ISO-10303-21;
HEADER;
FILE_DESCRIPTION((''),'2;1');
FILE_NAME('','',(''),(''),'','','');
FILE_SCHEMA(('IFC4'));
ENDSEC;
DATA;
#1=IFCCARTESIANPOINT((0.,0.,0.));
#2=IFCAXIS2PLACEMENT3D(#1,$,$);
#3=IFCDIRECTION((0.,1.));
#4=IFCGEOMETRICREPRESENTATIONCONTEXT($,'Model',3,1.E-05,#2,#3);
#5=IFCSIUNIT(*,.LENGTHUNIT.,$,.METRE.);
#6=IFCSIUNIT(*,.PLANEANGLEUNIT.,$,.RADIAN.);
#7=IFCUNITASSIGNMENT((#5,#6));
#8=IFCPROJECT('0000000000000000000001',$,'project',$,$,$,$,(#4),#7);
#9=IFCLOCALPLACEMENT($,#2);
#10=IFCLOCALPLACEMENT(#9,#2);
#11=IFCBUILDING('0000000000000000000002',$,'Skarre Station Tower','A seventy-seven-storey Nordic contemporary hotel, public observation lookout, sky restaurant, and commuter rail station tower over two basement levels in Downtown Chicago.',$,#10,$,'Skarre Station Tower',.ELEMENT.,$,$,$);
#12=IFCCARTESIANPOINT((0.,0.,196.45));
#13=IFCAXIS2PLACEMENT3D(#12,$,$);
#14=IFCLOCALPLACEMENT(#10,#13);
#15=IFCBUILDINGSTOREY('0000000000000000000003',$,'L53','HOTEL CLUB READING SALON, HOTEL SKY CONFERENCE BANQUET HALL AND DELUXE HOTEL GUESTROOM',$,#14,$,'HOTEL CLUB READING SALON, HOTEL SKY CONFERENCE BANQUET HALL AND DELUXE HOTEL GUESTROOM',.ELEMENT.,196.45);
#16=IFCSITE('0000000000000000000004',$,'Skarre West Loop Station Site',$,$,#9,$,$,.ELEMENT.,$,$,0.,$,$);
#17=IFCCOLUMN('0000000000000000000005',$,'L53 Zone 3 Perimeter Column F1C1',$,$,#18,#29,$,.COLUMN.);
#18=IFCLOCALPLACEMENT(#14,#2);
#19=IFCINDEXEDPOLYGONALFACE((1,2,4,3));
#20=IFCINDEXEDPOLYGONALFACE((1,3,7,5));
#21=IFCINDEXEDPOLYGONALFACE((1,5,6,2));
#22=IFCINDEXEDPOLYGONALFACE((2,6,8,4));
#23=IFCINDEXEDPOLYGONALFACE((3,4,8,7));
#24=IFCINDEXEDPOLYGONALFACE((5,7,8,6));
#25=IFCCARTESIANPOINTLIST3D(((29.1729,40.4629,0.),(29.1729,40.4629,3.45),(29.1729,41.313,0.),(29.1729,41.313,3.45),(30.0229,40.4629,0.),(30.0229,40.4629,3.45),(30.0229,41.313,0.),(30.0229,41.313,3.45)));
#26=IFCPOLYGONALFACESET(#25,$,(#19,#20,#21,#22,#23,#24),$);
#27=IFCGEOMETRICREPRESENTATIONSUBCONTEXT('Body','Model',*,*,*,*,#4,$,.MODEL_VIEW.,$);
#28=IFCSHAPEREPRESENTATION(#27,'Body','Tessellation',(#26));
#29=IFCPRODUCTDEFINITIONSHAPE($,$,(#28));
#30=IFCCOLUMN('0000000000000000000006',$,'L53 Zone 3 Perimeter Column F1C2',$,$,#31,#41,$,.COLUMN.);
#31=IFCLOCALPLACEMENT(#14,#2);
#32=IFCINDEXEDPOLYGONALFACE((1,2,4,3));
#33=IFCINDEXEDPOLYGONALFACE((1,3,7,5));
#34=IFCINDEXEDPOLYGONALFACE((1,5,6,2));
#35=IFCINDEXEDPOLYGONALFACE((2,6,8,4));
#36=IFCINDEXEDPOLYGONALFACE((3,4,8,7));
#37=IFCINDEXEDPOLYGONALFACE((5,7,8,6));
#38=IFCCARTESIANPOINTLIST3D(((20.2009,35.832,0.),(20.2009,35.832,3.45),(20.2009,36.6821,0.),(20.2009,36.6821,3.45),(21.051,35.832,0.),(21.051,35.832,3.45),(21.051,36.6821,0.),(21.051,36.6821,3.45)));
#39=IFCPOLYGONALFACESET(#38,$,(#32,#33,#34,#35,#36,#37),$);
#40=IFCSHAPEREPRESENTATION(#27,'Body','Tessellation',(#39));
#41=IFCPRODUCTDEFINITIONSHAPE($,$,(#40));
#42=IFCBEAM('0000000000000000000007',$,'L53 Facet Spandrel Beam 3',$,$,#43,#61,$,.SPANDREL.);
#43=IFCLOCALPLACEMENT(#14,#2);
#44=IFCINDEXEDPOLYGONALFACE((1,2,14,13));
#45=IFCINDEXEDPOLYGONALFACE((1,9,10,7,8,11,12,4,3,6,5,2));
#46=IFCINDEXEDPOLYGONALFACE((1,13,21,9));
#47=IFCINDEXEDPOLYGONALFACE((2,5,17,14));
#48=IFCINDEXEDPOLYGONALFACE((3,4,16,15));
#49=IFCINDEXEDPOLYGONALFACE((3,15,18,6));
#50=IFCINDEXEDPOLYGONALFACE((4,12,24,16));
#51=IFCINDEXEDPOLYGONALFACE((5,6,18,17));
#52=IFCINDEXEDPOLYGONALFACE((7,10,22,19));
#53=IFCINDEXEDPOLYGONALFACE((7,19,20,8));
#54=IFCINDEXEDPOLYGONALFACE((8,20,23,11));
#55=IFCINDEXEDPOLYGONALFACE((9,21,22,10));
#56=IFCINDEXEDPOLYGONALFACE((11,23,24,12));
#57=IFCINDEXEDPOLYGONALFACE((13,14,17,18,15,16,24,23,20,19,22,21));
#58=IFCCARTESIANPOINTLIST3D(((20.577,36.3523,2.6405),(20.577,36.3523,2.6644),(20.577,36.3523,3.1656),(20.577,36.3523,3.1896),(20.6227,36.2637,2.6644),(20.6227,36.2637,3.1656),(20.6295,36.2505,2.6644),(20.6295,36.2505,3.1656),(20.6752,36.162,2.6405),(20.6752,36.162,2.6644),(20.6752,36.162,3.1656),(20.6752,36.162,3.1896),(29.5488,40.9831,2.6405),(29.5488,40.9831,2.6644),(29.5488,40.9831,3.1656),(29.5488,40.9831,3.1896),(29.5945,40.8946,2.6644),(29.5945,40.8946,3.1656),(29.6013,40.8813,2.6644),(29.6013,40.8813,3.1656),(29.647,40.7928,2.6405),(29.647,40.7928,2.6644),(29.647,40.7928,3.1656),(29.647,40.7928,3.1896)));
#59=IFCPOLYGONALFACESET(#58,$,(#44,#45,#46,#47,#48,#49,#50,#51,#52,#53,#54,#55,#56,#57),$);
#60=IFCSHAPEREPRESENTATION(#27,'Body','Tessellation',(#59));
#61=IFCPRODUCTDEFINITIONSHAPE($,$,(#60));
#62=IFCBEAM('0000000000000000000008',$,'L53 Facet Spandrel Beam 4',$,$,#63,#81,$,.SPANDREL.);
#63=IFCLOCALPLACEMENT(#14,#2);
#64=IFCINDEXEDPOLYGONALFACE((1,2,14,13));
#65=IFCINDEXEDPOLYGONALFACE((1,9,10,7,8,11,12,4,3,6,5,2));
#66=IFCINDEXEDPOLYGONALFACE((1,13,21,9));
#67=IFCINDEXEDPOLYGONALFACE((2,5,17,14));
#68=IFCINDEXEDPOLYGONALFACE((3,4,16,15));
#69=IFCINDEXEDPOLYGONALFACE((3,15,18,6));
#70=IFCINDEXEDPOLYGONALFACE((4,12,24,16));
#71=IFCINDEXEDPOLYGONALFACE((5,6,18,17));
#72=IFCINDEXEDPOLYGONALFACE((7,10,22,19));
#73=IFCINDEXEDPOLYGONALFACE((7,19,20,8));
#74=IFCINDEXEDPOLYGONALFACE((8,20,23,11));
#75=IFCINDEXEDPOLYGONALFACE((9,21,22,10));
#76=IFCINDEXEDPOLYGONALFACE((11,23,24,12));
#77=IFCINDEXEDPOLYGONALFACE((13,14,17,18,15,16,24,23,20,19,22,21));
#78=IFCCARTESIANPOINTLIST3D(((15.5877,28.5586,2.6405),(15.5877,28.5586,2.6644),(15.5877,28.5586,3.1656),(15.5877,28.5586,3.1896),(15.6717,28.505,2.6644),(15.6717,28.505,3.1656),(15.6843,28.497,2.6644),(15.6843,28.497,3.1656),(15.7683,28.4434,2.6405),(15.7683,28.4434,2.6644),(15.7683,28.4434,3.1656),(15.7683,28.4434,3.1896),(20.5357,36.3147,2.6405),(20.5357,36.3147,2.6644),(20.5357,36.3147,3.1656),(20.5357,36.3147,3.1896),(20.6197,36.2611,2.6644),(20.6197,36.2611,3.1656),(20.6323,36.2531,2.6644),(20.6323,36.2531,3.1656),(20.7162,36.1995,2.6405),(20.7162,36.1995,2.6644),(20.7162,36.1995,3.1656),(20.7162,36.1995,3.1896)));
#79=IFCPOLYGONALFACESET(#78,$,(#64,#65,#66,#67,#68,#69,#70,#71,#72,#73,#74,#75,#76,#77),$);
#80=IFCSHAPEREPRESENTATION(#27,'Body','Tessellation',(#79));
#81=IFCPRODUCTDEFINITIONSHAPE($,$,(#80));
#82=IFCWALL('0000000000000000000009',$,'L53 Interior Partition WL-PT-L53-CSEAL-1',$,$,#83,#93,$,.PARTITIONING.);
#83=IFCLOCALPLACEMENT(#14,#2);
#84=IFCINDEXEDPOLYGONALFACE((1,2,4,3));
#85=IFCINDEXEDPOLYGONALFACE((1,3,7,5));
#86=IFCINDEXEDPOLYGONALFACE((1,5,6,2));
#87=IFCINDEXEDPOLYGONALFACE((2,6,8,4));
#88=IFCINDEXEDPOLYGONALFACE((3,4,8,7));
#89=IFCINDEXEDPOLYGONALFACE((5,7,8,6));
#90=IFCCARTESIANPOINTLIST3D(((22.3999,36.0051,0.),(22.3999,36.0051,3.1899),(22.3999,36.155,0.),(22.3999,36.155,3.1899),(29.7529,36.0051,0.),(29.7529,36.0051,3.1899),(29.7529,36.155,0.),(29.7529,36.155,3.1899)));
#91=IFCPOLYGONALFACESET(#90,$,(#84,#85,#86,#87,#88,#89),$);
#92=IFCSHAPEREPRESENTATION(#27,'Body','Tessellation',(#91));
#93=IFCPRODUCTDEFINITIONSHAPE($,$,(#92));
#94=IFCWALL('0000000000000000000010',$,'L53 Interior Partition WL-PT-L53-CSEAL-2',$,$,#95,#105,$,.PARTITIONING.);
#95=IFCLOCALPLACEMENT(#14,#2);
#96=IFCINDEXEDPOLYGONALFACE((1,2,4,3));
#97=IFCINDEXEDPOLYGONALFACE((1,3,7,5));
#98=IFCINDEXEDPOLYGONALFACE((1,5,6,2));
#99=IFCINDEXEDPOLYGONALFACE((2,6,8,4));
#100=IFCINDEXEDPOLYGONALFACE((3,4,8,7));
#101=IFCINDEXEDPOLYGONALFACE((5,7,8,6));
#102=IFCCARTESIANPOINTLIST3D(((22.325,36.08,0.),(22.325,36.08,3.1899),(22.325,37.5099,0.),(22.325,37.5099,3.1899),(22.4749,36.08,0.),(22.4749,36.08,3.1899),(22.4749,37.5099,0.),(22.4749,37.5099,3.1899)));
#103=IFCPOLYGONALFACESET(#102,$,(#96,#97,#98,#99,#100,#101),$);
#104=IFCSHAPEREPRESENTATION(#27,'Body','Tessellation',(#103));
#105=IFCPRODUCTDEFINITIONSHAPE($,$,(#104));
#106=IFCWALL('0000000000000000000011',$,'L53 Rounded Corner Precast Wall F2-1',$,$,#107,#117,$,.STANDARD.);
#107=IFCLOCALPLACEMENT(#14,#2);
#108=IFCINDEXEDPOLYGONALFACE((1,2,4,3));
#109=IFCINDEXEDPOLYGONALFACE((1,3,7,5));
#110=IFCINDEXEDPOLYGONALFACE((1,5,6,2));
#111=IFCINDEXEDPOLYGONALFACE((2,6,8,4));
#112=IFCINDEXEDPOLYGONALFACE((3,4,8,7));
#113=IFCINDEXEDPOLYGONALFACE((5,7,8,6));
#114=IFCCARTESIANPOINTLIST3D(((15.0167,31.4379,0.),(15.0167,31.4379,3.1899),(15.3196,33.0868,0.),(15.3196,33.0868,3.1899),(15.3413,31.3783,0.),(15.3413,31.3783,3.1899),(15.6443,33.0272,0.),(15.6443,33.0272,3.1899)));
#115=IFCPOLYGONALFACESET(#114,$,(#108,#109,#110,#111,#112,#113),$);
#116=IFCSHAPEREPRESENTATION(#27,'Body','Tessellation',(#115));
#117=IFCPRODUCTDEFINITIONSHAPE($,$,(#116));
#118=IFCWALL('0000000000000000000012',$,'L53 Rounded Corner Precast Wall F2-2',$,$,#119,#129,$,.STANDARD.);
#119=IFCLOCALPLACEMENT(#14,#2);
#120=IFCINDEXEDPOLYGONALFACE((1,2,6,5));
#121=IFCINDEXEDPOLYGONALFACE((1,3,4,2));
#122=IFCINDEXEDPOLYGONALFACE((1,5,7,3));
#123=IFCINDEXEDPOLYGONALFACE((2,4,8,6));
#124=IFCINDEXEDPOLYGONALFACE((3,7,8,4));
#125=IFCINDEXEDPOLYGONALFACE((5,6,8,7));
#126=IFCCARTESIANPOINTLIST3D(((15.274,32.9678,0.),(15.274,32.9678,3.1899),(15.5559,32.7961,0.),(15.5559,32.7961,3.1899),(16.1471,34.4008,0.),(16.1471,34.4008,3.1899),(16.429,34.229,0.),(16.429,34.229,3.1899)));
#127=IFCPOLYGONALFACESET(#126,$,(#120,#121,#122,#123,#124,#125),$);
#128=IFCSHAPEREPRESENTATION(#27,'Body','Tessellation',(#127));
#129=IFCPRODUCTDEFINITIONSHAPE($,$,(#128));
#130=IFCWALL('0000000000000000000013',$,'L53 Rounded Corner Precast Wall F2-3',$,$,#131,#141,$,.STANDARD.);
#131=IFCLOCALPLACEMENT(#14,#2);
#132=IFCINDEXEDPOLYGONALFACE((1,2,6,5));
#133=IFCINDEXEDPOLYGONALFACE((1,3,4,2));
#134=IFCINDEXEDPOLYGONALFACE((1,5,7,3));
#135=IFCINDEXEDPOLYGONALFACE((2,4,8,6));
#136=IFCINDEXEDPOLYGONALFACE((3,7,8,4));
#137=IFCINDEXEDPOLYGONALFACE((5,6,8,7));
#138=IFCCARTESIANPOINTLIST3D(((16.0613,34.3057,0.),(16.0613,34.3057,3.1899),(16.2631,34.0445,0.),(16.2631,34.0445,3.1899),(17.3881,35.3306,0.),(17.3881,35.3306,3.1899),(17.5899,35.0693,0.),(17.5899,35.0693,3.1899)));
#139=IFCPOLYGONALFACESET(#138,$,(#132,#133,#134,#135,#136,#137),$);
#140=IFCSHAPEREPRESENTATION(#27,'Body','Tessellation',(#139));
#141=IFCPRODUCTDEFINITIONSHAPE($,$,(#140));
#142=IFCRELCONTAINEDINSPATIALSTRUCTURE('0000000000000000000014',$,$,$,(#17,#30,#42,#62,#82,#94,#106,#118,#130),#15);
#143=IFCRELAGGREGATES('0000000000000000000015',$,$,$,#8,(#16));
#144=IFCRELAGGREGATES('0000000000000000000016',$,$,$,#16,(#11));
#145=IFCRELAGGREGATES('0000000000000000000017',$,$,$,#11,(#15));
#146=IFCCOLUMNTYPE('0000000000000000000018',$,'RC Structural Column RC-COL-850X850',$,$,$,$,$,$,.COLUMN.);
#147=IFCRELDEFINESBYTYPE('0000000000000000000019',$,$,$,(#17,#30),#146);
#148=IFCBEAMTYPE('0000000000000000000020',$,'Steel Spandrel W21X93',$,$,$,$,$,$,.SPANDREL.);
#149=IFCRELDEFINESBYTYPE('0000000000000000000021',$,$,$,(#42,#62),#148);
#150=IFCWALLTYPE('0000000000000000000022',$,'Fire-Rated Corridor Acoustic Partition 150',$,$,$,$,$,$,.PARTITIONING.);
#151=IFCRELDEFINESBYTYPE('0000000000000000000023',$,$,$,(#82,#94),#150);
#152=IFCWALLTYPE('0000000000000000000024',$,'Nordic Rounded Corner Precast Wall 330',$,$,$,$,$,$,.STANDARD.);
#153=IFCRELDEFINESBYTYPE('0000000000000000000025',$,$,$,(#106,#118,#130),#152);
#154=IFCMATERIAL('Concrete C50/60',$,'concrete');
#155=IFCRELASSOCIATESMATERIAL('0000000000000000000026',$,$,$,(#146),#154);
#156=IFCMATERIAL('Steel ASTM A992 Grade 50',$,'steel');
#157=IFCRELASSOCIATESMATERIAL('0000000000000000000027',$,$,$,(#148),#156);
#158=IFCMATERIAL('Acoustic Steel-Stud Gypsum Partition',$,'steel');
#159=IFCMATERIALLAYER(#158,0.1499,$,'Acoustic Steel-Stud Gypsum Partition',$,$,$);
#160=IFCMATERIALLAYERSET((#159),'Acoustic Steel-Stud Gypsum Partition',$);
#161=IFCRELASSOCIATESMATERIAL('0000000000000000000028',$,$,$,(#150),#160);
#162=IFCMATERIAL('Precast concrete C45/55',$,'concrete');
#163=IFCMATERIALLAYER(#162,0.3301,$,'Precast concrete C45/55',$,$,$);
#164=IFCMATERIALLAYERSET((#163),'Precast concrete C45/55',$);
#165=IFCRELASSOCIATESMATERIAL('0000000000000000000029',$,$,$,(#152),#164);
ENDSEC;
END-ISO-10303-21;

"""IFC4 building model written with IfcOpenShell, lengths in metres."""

from ifc_helpers import new_model, si_unit, direction, frame, frame_2d, origin, origin_2d, place, context, subcontext, project, spatial, rectangle, i_section, extrude, material, layer, layer_set, material_profile, profile_set, type_object, element, save


model = new_model("IFC4")

# Units and contexts
model_context = context("Model", 3, precision=1e-05, world=origin(), true_north=direction((0.0, 1.0)))
body_context = subcontext(model_context, "Body", "Model", "MODEL_VIEW")
ifc_project = project(units=[si_unit("LENGTHUNIT", "METRE"), si_unit("PLANEANGLEUNIT", "RADIAN")], contexts=[model_context])

# Site, building, storey
site_placement = place(None, origin())
site = spatial("IfcSite", under=ifc_project, at=site_placement, Name="Skarre West Loop Station Site", CompositionType="ELEMENT", RefElevation=0.0)
building_placement = place(site_placement, origin())
building = spatial("IfcBuilding", under=site, at=building_placement, Name="Skarre Station Tower", Description="A seventy-seven-storey Nordic contemporary hotel, public observation lookout, sky restaurant, and commuter rail station tower over two basement levels in Downtown Chicago.", LongName="Skarre Station Tower", CompositionType="ELEMENT")
storey_placement = place(building_placement, frame((0.0, 0.0, 196.45)))
storey = spatial("IfcBuildingStorey", under=building, at=storey_placement, Name="L53", Description="HOTEL CLUB READING SALON, HOTEL SKY CONFERENCE BANQUET HALL AND DELUXE HOTEL GUESTROOM", LongName="HOTEL CLUB READING SALON, HOTEL SKY CONFERENCE BANQUET HALL AND DELUXE HOTEL GUESTROOM", CompositionType="ELEMENT", Elevation=196.45)

# Columns
ifc_material_1 = material(Name="Concrete C50/60", Category="concrete")
ifc_material_profile_1 = material_profile(ifc_material_1, rectangle(XDim=0.8501, YDim=0.8501, at=origin_2d()), Name="Concrete C50/60")
ifc_profile_set_1 = profile_set([ifc_material_profile_1], Name="Concrete C50/60")
column_type = type_object("IfcColumnType", Name="RC Structural Column RC-COL-850X850", PredefinedType="COLUMN", material=ifc_profile_set_1)
for number, where, z_axis, x_axis, name in (
    (1, (29.5979, 40.8879, 0.0), (0.0, 0.0, 1.0), (1.0, 0.0, 0.0), "L53 Zone 3 Perimeter Column F1C1"),
    (2, (20.626, 36.2571, 0.0), (0.0, 0.0, 1.0), (1.0, 0.0, 0.0), "L53 Zone 3 Perimeter Column F1C2"),
):
    element("IfcColumn", number, at=place(storey_placement, frame(where, z_axis=z_axis, x_axis=x_axis)), inside=storey, type_object=column_type, Name=name, PredefinedType="COLUMN", context=body_context, shape_type="SweptSolid", body=[
        extrude(rectangle(XDim=0.8501, YDim=0.8501, at=origin_2d()), origin(), (0.0, 0.0, 1.0), 3.45),
    ])

# Beams
ifc_material_2 = material(Name="Steel ASTM A992 Grade 50", Category="steel")
ifc_material_profile_2 = material_profile(ifc_material_2, i_section(OverallWidth=0.2141, OverallDepth=0.5491, WebThickness=0.0149, FlangeThickness=0.0239, at=origin_2d()), Name="Steel ASTM A992 Grade 50")
ifc_profile_set_2 = profile_set([ifc_material_profile_2], Name="Steel ASTM A992 Grade 50")
beam_type = type_object("IfcBeamType", Name="Steel Spandrel W21X93", PredefinedType="SPANDREL", material=ifc_profile_set_2)
beam_1_placement = place(storey_placement, frame((29.5979, 40.8879, 2.915), z_axis=(-0.888613, -0.458658, 0.0), x_axis=(0.458658, -0.888613, 0.0)))
element("IfcBeam", 3, at=beam_1_placement, inside=storey, type_object=beam_type, Name="L53 Facet Spandrel Beam 3", PredefinedType="SPANDREL", context=body_context, shape_type="SweptSolid", body=[
    extrude(i_section(OverallWidth=0.2141, OverallDepth=0.5491, WebThickness=0.0149, FlangeThickness=0.0239, at=origin_2d()), origin(), (0.0, 0.0, 1.0), 10.0964),
])
beam_2_placement = place(storey_placement, frame((20.626, 36.2571, 2.915), z_axis=(-0.537826, -0.843056, 0.0), x_axis=(0.843056, -0.537826, 0.0)))
element("IfcBeam", 4, at=beam_2_placement, inside=storey, type_object=beam_type, Name="L53 Facet Spandrel Beam 4", PredefinedType="SPANDREL", context=body_context, shape_type="SweptSolid", body=[
    extrude(i_section(OverallWidth=0.2141, OverallDepth=0.5491, WebThickness=0.0149, FlangeThickness=0.0239, at=origin_2d()), origin(), (0.0, 0.0, 1.0), 9.2),
])

# Walls
ifc_material_3 = material(Name="Acoustic Steel-Stud Gypsum Partition", Category="steel")
ifc_layer_1 = layer(ifc_material_3, 0.1499, Name="Acoustic Steel-Stud Gypsum Partition")
ifc_layer_set_1 = layer_set([ifc_layer_1], Name="Acoustic Steel-Stud Gypsum Partition")
wall_type_1 = type_object("IfcWallType", Name="Fire-Rated Corridor Acoustic Partition 150", PredefinedType="PARTITIONING", material=ifc_layer_set_1)
wall_1_placement = place(storey_placement, frame((29.7529, 36.0801, 0.0), z_axis=(0.0, 0.0, 1.0), x_axis=(-1.0, 0.0, 0.0)))
element("IfcWall", 5, at=wall_1_placement, inside=storey, type_object=wall_type_1, Name="L53 Interior Partition WL-PT-L53-CSEAL-1", PredefinedType="PARTITIONING", context=body_context, shape_type="SweptSolid", body=[
    extrude(rectangle(XDim=7.353, YDim=0.1499, at=frame_2d((3.6765, 0.0))), origin(), (0.0, 0.0, 1.0), 3.1899),
])
wall_2_placement = place(storey_placement, frame((22.3999, 36.0801, 0.0), z_axis=(0.0, 0.0, 1.0), x_axis=(0.0, 1.0, 0.0)))
element("IfcWall", 6, at=wall_2_placement, inside=storey, type_object=wall_type_1, Name="L53 Interior Partition WL-PT-L53-CSEAL-2", PredefinedType="PARTITIONING", context=body_context, shape_type="SweptSolid", body=[
    extrude(rectangle(XDim=1.4299, YDim=0.1499, at=frame_2d((0.7148, 0.0))), origin(), (0.0, 0.0, 1.0), 3.1899),
])
ifc_material_4 = material(Name="Precast concrete C45/55", Category="concrete")
ifc_layer_2 = layer(ifc_material_4, 0.3301, Name="Precast concrete C45/55")
ifc_layer_set_2 = layer_set([ifc_layer_2], Name="Precast concrete C45/55")
wall_type_2 = type_object("IfcWallType", Name="Nordic Rounded Corner Precast Wall 330", PredefinedType="STANDARD", material=ifc_layer_set_2)
wall_3_placement = place(storey_placement, frame((15.179, 31.408, 0.0), z_axis=(0.0, 0.0, 1.0), x_axis=(0.180718, 0.983535, 0.0)))
element("IfcWall", 7, at=wall_3_placement, inside=storey, type_object=wall_type_2, Name="L53 Rounded Corner Precast Wall F2-1", PredefinedType="STANDARD", context=body_context, shape_type="SweptSolid", body=[
    extrude(rectangle(XDim=1.6765, YDim=0.3301, at=frame_2d((0.8384, 0.0))), origin(), (0.0, 0.0, 1.0), 3.1899),
])
wall_4_placement = place(storey_placement, frame((15.415, 32.8821, 0.0), z_axis=(0.0, 0.0, 1.0), x_axis=(0.520325, 0.853968, 0.0)))
element("IfcWall", 8, at=wall_4_placement, inside=storey, type_object=wall_type_2, Name="L53 Rounded Corner Precast Wall F2-2", PredefinedType="STANDARD", context=body_context, shape_type="SweptSolid", body=[
    extrude(rectangle(XDim=1.678, YDim=0.3301, at=frame_2d((0.8389, 0.0))), origin(), (0.0, 0.0, 1.0), 3.1899),
])
wall_5_placement = place(storey_placement, frame((16.1621, 34.175, 0.0), z_axis=(0.0, 0.0, 1.0), x_axis=(0.79141, 0.611286, 0.0)))
element("IfcWall", 9, at=wall_5_placement, inside=storey, type_object=wall_type_2, Name="L53 Rounded Corner Precast Wall F2-3", PredefinedType="STANDARD", context=body_context, shape_type="SweptSolid", body=[
    extrude(rectangle(XDim=1.6765, YDim=0.3301, at=frame_2d((0.8384, 0.0))), origin(), (0.0, 0.0, 1.0), 3.1899),
])

save(model, "model.ifc")
